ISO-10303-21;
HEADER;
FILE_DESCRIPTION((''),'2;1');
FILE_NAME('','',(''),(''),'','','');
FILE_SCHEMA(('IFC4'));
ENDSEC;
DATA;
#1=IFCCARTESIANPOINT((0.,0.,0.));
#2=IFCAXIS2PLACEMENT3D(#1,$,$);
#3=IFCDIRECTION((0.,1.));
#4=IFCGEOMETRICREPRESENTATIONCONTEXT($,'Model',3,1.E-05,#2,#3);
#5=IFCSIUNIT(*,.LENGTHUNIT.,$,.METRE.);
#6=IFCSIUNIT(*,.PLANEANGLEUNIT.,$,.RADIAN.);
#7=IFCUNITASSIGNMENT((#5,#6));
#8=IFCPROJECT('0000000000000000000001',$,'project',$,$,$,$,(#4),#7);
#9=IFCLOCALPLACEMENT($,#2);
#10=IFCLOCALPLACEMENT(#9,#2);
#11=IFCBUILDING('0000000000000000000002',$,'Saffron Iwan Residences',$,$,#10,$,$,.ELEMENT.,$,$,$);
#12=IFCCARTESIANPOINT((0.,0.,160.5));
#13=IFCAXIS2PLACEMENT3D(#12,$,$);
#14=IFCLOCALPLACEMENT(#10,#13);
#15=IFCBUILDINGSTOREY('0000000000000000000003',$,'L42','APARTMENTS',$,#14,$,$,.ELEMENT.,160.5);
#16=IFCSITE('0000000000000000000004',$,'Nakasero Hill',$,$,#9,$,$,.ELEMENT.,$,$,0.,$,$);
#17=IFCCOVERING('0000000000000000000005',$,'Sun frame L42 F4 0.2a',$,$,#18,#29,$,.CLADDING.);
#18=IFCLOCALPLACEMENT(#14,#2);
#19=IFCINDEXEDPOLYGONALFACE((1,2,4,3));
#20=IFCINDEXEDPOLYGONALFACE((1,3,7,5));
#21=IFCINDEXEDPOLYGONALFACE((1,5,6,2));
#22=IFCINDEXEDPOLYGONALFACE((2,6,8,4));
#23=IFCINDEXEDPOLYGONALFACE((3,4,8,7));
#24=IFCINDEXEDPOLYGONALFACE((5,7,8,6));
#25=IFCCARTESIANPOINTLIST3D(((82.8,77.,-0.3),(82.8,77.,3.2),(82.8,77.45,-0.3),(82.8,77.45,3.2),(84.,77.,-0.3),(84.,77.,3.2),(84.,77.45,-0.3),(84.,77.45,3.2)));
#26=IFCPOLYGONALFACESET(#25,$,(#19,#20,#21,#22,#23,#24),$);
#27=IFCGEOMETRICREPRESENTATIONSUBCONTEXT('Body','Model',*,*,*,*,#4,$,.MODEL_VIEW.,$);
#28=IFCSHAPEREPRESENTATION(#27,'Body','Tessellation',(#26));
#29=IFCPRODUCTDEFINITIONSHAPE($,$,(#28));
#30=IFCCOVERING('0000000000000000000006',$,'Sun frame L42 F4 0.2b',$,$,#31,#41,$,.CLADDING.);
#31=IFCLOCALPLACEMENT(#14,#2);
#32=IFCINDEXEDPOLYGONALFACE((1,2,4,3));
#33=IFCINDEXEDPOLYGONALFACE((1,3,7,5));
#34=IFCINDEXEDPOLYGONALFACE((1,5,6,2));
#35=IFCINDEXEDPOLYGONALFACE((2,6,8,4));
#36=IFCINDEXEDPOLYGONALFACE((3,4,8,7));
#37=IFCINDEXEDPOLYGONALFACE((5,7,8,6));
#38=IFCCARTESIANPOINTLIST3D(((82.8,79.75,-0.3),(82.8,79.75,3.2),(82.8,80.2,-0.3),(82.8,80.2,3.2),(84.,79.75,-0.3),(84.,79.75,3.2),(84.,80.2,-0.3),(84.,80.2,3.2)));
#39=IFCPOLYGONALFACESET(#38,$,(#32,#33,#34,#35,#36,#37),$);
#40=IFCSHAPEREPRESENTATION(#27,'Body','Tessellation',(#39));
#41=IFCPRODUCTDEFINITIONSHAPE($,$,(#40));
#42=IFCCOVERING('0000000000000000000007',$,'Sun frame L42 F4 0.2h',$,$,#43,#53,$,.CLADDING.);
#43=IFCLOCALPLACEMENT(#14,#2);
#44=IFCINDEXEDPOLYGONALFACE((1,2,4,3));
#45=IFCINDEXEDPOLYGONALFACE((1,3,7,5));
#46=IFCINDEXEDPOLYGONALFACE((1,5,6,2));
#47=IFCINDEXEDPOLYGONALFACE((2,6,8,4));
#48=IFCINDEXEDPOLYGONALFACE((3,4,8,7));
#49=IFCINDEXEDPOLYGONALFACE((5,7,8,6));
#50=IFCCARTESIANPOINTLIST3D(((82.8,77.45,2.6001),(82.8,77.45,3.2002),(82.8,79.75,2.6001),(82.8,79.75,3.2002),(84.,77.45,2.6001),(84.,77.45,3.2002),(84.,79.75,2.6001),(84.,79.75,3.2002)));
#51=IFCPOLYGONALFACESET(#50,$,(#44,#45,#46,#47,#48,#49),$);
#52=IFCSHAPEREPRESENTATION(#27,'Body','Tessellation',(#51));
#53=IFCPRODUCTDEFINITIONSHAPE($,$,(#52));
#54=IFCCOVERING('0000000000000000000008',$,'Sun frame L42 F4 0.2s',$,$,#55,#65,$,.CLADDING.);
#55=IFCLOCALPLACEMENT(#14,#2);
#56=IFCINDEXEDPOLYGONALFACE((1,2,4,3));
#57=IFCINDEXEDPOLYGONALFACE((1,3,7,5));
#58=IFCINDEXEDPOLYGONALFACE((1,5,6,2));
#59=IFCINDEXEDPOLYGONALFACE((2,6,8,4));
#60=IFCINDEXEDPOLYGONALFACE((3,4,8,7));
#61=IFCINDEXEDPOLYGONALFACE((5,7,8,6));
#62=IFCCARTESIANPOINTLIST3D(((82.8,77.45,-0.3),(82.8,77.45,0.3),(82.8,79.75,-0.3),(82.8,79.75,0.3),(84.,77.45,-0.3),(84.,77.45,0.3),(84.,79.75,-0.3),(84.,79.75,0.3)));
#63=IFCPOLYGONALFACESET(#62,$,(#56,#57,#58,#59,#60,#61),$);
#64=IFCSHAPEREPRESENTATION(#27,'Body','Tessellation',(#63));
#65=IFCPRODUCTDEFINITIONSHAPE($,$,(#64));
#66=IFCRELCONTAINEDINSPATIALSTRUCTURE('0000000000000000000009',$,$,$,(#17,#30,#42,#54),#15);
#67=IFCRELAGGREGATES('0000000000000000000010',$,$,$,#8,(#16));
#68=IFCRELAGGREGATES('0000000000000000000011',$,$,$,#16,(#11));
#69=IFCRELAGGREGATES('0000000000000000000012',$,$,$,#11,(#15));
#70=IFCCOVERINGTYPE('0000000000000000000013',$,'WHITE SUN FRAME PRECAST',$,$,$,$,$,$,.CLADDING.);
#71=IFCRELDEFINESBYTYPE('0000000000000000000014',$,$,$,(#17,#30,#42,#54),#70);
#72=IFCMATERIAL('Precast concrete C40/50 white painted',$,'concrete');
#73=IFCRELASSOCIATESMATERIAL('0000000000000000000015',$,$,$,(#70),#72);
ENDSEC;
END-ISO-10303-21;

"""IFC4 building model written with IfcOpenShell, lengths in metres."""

from ifc_helpers import new_model, si_unit, direction, frame, origin, place, context, subcontext, project, spatial, polyline, outline, extrude, material, type_object, element, save


model = new_model("IFC4")

# Units and contexts
model_context = context("Model", 3, precision=1e-05, world=origin(), true_north=direction((0.0, 1.0)))
body_context = subcontext(model_context, "Body", "Model", "MODEL_VIEW")
ifc_project = project(units=[si_unit("LENGTHUNIT", "METRE"), si_unit("PLANEANGLEUNIT", "RADIAN")], contexts=[model_context])

# Site, building, storey
site_placement = place(None, origin())
site = spatial("IfcSite", under=ifc_project, at=site_placement, Name="Nakasero Hill", CompositionType="ELEMENT", RefElevation=0.0)
building_placement = place(site_placement, origin())
building = spatial("IfcBuilding", under=site, at=building_placement, Name="Saffron Iwan Residences", CompositionType="ELEMENT")
storey_placement = place(building_placement, frame((0.0, 0.0, 160.5)))
storey = spatial("IfcBuildingStorey", under=building, at=storey_placement, Name="L42", Description="APARTMENTS", CompositionType="ELEMENT", Elevation=160.5)

# Coverings
ifc_material_1 = material(Name="Precast concrete C40/50 white painted", Category="concrete")
covering_type_1 = type_object("IfcCoveringType", Name="WHITE SUN FRAME PRECAST", PredefinedType="CLADDING", material=ifc_material_1)
for number, where, z_axis, x_axis, name in (
    (1, (82.8, 77.0, -0.3), (1.0, 0.0, 0.0), (0.0, 1.0, 0.0), "Sun frame L42 F4 0.2a"),
    (2, (82.8, 79.75, -0.3), (1.0, 0.0, 0.0), (0.0, 1.0, 0.0), "Sun frame L42 F4 0.2b"),
):
    element("IfcCovering", number, at=place(storey_placement, frame(where, z_axis=z_axis, x_axis=x_axis)), inside=storey, type_object=covering_type_1, Name=name, PredefinedType="CLADDING", context=body_context, shape_type="SweptSolid", body=[
        extrude(outline(polyline([(0.0, 0.0), (0.45, 0.0), (0.45, 3.5), (0.0, 3.5), (0.0, 0.0)])), origin(), (0.0, 0.0, 1.0), 1.2),
    ])
for number, where, z_axis, x_axis, name in (
    (3, (82.8, 77.45, 2.6001), (1.0, 0.0, 0.0), (0.0, 1.0, 0.0), "Sun frame L42 F4 0.2h"),
    (4, (82.8, 77.45, -0.3), (1.0, 0.0, 0.0), (0.0, 1.0, 0.0), "Sun frame L42 F4 0.2s"),
):
    element("IfcCovering", number, at=place(storey_placement, frame(where, z_axis=z_axis, x_axis=x_axis)), inside=storey, type_object=covering_type_1, Name=name, PredefinedType="CLADDING", context=body_context, shape_type="SweptSolid", body=[
        extrude(outline(polyline([(0.0, 0.0), (2.3, 0.0), (2.3, 0.6001), (0.0, 0.6001), (0.0, 0.0)])), origin(), (0.0, 0.0, 1.0), 1.2),
    ])

save(model, "model.ifc")
